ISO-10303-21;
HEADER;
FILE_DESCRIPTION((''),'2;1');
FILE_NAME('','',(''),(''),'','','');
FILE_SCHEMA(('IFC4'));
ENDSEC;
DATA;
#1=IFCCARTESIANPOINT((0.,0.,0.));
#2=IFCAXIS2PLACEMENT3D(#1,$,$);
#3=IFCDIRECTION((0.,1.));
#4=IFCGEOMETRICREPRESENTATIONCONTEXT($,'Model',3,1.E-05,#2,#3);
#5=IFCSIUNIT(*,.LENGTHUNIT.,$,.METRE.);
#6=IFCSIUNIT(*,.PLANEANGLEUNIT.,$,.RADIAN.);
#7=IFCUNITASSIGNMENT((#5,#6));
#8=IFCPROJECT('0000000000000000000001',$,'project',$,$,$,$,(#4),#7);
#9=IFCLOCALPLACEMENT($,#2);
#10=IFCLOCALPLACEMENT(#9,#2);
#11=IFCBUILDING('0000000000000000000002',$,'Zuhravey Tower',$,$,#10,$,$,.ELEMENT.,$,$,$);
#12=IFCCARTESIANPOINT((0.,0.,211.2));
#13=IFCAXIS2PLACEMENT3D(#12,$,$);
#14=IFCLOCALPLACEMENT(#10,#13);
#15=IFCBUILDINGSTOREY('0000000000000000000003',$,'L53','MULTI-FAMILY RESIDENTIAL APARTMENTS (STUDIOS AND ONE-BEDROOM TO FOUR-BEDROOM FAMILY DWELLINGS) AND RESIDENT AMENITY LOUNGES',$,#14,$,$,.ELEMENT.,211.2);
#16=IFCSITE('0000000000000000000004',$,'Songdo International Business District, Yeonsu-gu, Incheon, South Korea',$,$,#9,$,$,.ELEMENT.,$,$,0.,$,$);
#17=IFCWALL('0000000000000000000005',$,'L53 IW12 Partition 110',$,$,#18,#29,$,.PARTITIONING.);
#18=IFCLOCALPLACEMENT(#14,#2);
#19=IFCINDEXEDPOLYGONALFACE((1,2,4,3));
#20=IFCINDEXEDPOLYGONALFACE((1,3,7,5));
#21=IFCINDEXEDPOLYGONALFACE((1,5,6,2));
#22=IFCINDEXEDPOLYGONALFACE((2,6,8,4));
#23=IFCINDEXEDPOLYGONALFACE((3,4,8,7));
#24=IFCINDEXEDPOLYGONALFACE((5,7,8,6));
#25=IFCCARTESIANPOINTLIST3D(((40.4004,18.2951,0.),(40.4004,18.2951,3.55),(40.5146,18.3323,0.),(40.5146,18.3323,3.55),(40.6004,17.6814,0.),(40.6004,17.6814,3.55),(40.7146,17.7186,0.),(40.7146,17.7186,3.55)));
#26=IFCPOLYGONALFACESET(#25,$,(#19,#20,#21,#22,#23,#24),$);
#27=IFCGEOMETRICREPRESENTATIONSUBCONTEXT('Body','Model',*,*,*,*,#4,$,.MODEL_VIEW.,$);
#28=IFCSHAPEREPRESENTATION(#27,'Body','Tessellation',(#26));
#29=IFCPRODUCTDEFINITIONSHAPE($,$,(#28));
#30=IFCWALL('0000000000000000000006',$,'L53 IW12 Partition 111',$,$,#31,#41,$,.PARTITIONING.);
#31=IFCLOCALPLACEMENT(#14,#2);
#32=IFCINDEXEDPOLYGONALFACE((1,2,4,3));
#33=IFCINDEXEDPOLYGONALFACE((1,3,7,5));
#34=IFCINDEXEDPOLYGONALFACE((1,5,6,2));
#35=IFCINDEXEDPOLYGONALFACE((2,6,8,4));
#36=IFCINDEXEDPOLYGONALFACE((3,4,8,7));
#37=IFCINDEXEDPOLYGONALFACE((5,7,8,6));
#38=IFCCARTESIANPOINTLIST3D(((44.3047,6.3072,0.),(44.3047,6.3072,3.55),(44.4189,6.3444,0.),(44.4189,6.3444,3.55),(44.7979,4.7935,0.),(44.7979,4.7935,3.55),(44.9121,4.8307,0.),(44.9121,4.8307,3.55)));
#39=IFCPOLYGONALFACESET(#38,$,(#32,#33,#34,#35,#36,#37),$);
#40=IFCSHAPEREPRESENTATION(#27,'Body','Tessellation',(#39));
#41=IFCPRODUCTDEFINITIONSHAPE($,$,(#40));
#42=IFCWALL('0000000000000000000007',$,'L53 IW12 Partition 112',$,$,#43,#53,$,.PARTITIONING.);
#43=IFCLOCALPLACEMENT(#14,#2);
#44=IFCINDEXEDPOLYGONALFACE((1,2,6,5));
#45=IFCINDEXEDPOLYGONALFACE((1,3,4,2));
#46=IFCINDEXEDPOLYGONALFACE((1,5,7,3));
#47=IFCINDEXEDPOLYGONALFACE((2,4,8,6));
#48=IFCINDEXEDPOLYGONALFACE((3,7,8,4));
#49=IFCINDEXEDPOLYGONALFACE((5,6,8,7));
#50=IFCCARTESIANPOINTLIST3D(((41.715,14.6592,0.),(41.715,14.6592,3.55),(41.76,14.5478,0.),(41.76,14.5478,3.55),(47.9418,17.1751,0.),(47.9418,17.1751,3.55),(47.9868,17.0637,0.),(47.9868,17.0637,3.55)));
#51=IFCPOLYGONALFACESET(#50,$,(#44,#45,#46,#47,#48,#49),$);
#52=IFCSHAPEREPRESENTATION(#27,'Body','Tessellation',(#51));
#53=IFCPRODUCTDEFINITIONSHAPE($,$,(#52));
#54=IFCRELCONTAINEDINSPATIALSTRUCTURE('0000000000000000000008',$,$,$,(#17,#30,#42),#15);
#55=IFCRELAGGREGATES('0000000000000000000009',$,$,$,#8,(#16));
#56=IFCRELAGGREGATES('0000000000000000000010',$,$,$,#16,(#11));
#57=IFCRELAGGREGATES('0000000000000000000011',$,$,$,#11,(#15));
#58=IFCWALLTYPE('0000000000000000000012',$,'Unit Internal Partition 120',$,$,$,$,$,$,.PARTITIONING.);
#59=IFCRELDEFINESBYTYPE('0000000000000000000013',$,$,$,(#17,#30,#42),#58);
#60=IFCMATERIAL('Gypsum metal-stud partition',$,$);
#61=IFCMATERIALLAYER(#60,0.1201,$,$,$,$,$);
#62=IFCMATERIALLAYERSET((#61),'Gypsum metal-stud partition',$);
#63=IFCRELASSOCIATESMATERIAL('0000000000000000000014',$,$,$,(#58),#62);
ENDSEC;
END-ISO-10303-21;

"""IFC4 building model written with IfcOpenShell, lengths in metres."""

from ifc_helpers import new_model, si_unit, direction, frame, frame_2d, origin, place, context, subcontext, project, spatial, rectangle, extrude, material, layer, layer_set, type_object, element, save


model = new_model("IFC4")

# Units and contexts
model_context = context("Model", 3, precision=1e-05, world=origin(), true_north=direction((0.0, 1.0)))
body_context = subcontext(model_context, "Body", "Model", "MODEL_VIEW")
ifc_project = project(units=[si_unit("LENGTHUNIT", "METRE"), si_unit("PLANEANGLEUNIT", "RADIAN")], contexts=[model_context])

# Site, building, storey
site_placement = place(None, origin())
site = spatial("IfcSite", under=ifc_project, at=site_placement, Name="Songdo International Business District, Yeonsu-gu, Incheon, South Korea", CompositionType="ELEMENT", RefElevation=0.0)
building_placement = place(site_placement, origin())
building = spatial("IfcBuilding", under=site, at=building_placement, Name="Zuhravey Tower", CompositionType="ELEMENT")
storey_placement = place(building_placement, frame((0.0, 0.0, 211.2)))
storey = spatial("IfcBuildingStorey", under=building, at=storey_placement, Name="L53", Description="MULTI-FAMILY RESIDENTIAL APARTMENTS (STUDIOS AND ONE-BEDROOM TO FOUR-BEDROOM FAMILY DWELLINGS) AND RESIDENT AMENITY LOUNGES", CompositionType="ELEMENT", Elevation=211.2)

# Shared definitions
ifc_material_1 = material(Name="Gypsum metal-stud partition")
ifc_layer_1 = layer(ifc_material_1, 0.1201)
ifc_layer_set_1 = layer_set([ifc_layer_1], Name="Gypsum metal-stud partition")
wall_type_1 = type_object("IfcWallType", Name="Unit Internal Partition 120", PredefinedType="PARTITIONING", material=ifc_layer_set_1)

# Walls
wall_1_placement = place(storey_placement, frame((40.4575, 18.3137, 0.0), z_axis=(0.0, 0.0, 1.0), x_axis=(0.309753, -0.950817, 0.0)))
element("IfcWall", 1, at=wall_1_placement, inside=storey, type_object=wall_type_1, Name="L53 IW12 Partition 110", PredefinedType="PARTITIONING", context=body_context, shape_type="SweptSolid", body=[
    extrude(rectangle(XDim=0.6455, YDim=0.1201, at=frame_2d((0.3228, 0.0))), origin(), (0.0, 0.0, 1.0), 3.55),
])
wall_2_placement = place(storey_placement, frame((44.3618, 6.3257, 0.0), z_axis=(0.0, 0.0, 1.0), x_axis=(0.30978, -0.950808, 0.0)))
element("IfcWall", 2, at=wall_2_placement, inside=storey, type_object=wall_type_1, Name="L53 IW12 Partition 111", PredefinedType="PARTITIONING", context=body_context, shape_type="SweptSolid", body=[
    extrude(rectangle(XDim=1.592, YDim=0.1201, at=frame_2d((0.7959, 0.0))), origin(), (0.0, 0.0, 1.0), 3.55),
])
wall_3_placement = place(storey_placement, frame((41.7375, 14.6035, 0.0), z_axis=(0.0, 0.0, 1.0), x_axis=(0.92718, 0.374616, 0.0)))
element("IfcWall", 3, at=wall_3_placement, inside=storey, type_object=wall_type_1, Name="L53 IW12 Partition 112", PredefinedType="PARTITIONING", context=body_context, shape_type="SweptSolid", body=[
    extrude(rectangle(XDim=6.7158, YDim=0.1201, at=frame_2d((3.3579, 0.0))), origin(), (0.0, 0.0, 1.0), 3.55),
])

save(model, "model.ifc")
